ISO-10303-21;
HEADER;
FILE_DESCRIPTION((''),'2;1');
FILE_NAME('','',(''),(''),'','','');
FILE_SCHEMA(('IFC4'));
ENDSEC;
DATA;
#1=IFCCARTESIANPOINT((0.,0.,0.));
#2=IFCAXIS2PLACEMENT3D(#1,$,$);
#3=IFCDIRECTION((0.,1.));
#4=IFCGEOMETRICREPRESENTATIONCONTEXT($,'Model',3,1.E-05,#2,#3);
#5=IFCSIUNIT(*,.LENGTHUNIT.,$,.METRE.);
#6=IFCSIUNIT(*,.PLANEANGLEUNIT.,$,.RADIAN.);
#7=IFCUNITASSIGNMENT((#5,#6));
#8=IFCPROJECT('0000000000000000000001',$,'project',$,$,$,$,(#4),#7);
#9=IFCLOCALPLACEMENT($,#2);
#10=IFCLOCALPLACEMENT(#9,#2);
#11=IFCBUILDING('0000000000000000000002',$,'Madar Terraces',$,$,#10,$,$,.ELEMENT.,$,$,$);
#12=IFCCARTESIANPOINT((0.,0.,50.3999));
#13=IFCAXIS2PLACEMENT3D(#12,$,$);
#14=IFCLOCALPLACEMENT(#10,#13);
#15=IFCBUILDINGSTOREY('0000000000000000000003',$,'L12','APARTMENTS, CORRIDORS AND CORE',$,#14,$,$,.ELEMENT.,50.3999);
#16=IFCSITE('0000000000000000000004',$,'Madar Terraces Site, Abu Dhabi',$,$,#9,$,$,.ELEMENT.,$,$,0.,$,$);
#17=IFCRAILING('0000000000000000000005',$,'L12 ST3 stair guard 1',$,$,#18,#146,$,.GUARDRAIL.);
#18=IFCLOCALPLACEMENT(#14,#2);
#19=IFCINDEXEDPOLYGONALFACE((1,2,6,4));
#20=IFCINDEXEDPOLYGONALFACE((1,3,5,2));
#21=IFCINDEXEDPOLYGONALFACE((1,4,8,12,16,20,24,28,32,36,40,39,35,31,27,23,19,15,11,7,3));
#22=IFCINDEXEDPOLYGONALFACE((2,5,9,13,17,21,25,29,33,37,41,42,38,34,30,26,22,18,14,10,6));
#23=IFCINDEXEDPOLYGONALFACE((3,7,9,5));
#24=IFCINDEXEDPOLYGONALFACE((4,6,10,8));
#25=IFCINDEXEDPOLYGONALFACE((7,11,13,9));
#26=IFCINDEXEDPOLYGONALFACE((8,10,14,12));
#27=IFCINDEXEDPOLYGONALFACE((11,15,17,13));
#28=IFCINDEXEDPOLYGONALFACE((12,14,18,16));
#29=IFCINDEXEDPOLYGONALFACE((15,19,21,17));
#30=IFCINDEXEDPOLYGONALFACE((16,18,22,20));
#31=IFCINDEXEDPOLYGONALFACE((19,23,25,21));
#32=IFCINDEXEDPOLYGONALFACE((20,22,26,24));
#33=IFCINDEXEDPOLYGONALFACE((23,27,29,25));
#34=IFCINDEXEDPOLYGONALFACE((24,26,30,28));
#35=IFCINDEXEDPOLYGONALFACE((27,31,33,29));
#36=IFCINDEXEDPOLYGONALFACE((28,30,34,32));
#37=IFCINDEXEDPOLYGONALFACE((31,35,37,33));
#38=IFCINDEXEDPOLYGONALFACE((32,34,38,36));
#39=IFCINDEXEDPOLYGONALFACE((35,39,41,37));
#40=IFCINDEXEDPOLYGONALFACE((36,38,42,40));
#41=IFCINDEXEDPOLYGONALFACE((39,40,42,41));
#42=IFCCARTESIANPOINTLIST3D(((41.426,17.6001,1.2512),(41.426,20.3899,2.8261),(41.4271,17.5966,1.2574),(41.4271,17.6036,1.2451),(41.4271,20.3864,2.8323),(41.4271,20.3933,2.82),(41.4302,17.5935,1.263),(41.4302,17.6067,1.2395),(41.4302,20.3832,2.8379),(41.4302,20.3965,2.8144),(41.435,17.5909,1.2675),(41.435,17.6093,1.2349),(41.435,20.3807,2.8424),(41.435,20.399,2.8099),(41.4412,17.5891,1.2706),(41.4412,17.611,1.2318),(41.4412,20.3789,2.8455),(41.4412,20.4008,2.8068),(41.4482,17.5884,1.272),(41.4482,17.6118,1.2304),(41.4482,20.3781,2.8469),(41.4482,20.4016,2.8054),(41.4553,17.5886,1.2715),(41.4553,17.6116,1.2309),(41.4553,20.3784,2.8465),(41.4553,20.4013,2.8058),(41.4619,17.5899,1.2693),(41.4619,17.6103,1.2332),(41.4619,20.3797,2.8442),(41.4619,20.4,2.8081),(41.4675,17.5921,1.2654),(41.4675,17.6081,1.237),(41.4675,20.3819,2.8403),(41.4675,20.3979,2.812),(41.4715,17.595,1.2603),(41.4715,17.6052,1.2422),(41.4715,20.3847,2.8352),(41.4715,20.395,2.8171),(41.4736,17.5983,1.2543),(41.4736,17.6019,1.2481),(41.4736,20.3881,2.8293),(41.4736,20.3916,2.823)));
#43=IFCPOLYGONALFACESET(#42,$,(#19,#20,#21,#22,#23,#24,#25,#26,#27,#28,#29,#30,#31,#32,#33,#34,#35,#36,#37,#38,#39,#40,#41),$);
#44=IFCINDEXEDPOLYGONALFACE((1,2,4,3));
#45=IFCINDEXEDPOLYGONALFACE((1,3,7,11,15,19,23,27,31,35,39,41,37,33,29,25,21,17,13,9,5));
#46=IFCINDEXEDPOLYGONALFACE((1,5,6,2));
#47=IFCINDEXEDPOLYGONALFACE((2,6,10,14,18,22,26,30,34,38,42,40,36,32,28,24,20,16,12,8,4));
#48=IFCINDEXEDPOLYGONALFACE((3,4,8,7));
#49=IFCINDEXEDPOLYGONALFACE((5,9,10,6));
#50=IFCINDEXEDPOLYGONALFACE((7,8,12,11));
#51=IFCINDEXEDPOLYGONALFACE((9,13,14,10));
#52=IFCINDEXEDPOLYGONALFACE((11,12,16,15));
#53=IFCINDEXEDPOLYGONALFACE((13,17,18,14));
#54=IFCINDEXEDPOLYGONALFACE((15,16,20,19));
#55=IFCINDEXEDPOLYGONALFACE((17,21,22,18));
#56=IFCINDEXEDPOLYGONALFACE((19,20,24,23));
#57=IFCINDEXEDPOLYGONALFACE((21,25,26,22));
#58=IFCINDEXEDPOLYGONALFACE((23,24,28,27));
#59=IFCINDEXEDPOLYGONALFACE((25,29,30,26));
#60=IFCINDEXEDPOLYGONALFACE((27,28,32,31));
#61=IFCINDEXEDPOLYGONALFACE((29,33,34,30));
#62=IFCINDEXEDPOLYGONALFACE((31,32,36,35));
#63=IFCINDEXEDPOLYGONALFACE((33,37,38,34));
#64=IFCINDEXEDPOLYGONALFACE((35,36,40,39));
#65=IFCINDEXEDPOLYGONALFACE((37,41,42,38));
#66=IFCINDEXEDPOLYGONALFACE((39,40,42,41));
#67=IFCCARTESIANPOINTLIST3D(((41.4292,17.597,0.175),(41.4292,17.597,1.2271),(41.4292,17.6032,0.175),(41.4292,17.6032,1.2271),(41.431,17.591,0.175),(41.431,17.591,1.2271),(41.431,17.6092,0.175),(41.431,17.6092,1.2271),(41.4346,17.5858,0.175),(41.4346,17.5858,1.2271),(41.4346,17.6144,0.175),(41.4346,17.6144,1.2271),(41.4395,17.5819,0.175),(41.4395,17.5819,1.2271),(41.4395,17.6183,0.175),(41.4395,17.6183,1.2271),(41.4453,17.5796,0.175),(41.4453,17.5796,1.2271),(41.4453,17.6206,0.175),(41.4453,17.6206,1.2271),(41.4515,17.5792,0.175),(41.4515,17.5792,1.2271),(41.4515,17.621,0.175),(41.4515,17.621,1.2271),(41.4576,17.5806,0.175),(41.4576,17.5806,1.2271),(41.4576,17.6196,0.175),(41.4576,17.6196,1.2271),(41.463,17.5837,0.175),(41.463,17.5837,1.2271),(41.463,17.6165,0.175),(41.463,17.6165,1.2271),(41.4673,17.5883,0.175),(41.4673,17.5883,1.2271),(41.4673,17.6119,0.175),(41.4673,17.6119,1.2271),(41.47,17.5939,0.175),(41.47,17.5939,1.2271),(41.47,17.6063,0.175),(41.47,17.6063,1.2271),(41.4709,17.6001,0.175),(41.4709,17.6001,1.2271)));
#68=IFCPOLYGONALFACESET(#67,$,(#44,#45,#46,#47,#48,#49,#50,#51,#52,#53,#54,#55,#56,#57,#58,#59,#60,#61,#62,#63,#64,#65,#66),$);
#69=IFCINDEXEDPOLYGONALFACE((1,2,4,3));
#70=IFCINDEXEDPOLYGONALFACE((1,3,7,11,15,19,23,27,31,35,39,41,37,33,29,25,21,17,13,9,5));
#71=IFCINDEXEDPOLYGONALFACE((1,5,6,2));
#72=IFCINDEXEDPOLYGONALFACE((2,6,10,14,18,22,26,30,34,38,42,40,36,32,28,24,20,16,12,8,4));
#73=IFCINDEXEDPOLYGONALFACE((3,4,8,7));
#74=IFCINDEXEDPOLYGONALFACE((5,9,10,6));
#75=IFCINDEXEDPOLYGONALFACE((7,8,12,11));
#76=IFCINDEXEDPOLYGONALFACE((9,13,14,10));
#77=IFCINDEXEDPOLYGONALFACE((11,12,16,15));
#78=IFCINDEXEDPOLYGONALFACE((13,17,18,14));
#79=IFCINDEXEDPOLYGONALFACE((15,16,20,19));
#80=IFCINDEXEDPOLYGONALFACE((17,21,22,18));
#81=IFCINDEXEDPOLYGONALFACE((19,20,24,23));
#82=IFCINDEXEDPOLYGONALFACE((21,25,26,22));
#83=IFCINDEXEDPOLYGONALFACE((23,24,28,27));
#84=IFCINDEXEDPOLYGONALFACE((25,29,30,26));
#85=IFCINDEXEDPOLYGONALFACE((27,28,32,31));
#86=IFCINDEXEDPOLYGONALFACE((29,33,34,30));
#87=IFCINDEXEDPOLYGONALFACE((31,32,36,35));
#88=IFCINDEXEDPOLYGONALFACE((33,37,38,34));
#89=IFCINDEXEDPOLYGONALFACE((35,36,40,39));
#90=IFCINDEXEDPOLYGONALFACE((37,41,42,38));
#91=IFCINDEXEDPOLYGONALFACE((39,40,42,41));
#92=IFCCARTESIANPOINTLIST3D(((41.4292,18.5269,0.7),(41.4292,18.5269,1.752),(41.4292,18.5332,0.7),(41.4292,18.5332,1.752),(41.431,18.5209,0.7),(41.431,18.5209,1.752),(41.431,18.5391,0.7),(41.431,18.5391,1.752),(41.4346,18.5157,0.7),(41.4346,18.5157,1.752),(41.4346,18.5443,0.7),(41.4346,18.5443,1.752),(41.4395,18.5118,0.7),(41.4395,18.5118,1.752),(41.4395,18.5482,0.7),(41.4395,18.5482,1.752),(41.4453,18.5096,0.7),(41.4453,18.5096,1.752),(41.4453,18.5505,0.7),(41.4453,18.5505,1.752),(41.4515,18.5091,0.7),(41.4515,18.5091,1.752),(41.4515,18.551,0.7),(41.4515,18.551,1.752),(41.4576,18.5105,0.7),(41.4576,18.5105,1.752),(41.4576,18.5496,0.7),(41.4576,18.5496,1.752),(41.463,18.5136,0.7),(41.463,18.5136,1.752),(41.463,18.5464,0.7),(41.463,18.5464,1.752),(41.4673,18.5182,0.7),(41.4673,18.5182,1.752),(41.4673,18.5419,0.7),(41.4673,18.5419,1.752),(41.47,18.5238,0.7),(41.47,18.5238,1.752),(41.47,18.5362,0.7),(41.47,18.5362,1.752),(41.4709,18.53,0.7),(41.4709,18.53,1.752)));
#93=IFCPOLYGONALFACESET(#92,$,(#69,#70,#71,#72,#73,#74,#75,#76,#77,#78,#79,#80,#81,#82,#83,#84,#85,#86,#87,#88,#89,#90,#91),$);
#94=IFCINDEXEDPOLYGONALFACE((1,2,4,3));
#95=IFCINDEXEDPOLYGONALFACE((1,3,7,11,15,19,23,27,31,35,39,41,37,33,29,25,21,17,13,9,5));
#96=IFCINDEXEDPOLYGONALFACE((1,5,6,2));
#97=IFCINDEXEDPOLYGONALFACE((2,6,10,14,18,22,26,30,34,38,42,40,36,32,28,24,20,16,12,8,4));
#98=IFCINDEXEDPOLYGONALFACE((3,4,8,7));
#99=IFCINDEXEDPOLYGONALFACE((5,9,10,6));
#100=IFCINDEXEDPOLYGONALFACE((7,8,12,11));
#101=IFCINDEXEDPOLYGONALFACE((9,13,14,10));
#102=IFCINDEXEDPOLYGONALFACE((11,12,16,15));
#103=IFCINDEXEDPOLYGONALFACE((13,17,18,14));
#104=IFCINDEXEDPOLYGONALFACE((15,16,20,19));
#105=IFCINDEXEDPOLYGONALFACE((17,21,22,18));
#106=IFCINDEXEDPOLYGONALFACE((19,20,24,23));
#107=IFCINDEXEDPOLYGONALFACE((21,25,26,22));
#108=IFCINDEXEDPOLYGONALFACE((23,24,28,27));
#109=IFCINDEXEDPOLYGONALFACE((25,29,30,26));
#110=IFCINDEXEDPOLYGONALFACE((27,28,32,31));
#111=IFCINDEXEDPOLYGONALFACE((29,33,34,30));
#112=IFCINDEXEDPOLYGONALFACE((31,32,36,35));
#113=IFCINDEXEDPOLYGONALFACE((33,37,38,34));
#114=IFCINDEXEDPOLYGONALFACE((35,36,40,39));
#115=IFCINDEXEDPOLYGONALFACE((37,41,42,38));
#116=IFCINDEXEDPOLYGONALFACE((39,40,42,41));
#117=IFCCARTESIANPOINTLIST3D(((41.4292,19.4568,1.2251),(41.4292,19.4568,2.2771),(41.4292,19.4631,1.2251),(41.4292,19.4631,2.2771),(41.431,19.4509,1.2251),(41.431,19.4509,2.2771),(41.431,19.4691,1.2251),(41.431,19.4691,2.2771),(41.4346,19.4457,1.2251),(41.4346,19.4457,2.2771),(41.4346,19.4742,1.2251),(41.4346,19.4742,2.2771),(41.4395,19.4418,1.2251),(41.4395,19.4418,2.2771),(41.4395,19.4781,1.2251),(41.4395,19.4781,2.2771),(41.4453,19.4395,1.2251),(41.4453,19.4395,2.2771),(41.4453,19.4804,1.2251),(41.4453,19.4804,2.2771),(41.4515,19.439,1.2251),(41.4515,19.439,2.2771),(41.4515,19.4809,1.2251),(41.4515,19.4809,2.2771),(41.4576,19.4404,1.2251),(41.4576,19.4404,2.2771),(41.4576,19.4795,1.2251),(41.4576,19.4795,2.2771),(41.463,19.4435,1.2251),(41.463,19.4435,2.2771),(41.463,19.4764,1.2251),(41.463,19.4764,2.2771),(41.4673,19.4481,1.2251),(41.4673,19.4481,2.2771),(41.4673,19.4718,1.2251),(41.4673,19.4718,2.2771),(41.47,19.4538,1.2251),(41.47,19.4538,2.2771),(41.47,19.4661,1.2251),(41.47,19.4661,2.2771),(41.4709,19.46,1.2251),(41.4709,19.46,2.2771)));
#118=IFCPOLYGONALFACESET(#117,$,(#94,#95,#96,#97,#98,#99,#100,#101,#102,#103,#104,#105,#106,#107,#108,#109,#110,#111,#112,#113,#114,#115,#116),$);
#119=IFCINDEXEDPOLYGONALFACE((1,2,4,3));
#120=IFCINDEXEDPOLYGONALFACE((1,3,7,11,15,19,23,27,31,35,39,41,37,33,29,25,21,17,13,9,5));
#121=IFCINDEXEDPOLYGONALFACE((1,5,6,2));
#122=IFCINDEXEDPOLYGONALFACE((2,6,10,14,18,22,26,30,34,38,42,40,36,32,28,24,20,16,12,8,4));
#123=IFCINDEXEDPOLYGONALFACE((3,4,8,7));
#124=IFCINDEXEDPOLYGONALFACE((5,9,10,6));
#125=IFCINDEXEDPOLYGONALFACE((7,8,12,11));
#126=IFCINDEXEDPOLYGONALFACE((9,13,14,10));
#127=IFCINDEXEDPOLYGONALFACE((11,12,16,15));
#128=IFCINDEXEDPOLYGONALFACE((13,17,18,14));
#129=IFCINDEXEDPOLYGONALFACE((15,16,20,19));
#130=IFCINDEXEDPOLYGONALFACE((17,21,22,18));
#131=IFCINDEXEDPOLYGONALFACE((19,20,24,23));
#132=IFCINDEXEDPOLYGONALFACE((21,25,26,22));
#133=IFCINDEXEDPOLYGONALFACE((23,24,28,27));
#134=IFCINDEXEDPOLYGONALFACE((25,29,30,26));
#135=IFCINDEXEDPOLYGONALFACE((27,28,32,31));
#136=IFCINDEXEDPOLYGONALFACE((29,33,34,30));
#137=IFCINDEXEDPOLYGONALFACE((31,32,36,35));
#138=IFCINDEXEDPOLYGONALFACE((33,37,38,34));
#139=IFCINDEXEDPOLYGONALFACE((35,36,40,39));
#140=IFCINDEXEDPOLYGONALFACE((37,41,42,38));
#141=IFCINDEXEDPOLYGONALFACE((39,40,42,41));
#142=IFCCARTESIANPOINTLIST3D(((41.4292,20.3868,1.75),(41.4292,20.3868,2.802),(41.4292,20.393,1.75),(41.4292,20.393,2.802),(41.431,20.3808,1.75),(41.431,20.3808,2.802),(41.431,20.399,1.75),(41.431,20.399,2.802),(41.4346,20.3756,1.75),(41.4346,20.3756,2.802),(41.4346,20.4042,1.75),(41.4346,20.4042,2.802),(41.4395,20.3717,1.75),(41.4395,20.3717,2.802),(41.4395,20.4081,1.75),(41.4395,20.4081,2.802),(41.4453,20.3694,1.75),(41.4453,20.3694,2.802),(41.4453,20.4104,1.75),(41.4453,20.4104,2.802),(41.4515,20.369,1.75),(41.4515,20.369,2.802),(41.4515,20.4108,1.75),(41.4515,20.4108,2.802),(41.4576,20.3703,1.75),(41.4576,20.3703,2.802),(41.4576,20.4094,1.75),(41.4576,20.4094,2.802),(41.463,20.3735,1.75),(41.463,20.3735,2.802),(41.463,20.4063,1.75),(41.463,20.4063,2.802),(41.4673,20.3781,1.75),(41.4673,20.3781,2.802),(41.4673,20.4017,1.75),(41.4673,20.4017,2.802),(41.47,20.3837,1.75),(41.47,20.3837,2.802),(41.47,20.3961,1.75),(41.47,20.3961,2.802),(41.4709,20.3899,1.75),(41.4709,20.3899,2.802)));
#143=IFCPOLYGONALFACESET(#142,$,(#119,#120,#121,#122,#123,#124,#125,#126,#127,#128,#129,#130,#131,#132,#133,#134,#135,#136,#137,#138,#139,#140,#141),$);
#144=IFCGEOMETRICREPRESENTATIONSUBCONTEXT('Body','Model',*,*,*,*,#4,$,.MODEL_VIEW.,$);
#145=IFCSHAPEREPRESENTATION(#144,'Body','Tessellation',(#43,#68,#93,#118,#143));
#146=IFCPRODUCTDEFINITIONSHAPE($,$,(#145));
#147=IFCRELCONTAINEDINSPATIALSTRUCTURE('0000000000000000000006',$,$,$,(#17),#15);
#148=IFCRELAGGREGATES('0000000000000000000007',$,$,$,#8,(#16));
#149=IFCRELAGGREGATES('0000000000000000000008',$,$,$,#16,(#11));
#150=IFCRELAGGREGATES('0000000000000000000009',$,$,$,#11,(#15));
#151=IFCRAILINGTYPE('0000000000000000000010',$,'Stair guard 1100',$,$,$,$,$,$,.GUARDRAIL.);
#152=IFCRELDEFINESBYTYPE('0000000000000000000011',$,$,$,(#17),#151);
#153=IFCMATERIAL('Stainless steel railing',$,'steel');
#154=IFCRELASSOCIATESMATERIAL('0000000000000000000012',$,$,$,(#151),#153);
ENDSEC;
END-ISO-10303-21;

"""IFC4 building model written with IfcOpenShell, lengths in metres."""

from ifc_helpers import new_model, si_unit, direction, frame, origin, origin_2d, place, context, subcontext, project, spatial, circle, extrude, material, type_object, element, save


model = new_model("IFC4")

# Units and contexts
model_context = context("Model", 3, precision=1e-05, world=origin(), true_north=direction((0.0, 1.0)))
body_context = subcontext(model_context, "Body", "Model", "MODEL_VIEW")
ifc_project = project(units=[si_unit("LENGTHUNIT", "METRE"), si_unit("PLANEANGLEUNIT", "RADIAN")], contexts=[model_context])

# Site, building, storey
site_placement = place(None, origin())
site = spatial("IfcSite", under=ifc_project, at=site_placement, Name="Madar Terraces Site, Abu Dhabi", CompositionType="ELEMENT", RefElevation=0.0)
building_placement = place(site_placement, origin())
building = spatial("IfcBuilding", under=site, at=building_placement, Name="Madar Terraces", CompositionType="ELEMENT")
storey_placement = place(building_placement, frame((0.0, 0.0, 50.3999)))
storey = spatial("IfcBuildingStorey", under=building, at=storey_placement, Name="L12", Description="APARTMENTS, CORRIDORS AND CORE", CompositionType="ELEMENT", Elevation=50.3999)

# Railing
ifc_material_1 = material(Name="Stainless steel railing", Category="steel")
railing_type_1 = type_object("IfcRailingType", Name="Stair guard 1100", PredefinedType="GUARDRAIL", material=ifc_material_1)
railing_1_placement = place(storey_placement, frame((41.45, 17.6001, 0.175)))
element("IfcRailing", 1, at=railing_1_placement, inside=storey, type_object=railing_type_1, Name="L12 ST3 stair guard 1", PredefinedType="GUARDRAIL", context=body_context, shape_type="SweptSolid", body=[
    extrude(circle(Radius=0.0239, at=origin_2d()), frame((0.0, 0.0, 1.0762), z_axis=(0.0, 0.870815, 0.49161), x_axis=(-1.0, 0.0, 0.0)), (0.0, 0.0, 1.0), 3.2036),
    extrude(circle(Radius=0.021, at=origin_2d()), origin(), (0.0, 0.0, 1.0), 1.052),
    extrude(circle(Radius=0.021, at=origin_2d()), frame((0.0, 0.9299, 0.5249)), (0.0, 0.0, 1.0), 1.052),
    extrude(circle(Radius=0.021, at=origin_2d()), frame((0.0, 1.8599, 1.05)), (0.0, 0.0, 1.0), 1.052),
    extrude(circle(Radius=0.021, at=origin_2d()), frame((0.0, 2.7898, 1.575)), (0.0, 0.0, 1.0), 1.052),
])

save(model, "model.ifc")
